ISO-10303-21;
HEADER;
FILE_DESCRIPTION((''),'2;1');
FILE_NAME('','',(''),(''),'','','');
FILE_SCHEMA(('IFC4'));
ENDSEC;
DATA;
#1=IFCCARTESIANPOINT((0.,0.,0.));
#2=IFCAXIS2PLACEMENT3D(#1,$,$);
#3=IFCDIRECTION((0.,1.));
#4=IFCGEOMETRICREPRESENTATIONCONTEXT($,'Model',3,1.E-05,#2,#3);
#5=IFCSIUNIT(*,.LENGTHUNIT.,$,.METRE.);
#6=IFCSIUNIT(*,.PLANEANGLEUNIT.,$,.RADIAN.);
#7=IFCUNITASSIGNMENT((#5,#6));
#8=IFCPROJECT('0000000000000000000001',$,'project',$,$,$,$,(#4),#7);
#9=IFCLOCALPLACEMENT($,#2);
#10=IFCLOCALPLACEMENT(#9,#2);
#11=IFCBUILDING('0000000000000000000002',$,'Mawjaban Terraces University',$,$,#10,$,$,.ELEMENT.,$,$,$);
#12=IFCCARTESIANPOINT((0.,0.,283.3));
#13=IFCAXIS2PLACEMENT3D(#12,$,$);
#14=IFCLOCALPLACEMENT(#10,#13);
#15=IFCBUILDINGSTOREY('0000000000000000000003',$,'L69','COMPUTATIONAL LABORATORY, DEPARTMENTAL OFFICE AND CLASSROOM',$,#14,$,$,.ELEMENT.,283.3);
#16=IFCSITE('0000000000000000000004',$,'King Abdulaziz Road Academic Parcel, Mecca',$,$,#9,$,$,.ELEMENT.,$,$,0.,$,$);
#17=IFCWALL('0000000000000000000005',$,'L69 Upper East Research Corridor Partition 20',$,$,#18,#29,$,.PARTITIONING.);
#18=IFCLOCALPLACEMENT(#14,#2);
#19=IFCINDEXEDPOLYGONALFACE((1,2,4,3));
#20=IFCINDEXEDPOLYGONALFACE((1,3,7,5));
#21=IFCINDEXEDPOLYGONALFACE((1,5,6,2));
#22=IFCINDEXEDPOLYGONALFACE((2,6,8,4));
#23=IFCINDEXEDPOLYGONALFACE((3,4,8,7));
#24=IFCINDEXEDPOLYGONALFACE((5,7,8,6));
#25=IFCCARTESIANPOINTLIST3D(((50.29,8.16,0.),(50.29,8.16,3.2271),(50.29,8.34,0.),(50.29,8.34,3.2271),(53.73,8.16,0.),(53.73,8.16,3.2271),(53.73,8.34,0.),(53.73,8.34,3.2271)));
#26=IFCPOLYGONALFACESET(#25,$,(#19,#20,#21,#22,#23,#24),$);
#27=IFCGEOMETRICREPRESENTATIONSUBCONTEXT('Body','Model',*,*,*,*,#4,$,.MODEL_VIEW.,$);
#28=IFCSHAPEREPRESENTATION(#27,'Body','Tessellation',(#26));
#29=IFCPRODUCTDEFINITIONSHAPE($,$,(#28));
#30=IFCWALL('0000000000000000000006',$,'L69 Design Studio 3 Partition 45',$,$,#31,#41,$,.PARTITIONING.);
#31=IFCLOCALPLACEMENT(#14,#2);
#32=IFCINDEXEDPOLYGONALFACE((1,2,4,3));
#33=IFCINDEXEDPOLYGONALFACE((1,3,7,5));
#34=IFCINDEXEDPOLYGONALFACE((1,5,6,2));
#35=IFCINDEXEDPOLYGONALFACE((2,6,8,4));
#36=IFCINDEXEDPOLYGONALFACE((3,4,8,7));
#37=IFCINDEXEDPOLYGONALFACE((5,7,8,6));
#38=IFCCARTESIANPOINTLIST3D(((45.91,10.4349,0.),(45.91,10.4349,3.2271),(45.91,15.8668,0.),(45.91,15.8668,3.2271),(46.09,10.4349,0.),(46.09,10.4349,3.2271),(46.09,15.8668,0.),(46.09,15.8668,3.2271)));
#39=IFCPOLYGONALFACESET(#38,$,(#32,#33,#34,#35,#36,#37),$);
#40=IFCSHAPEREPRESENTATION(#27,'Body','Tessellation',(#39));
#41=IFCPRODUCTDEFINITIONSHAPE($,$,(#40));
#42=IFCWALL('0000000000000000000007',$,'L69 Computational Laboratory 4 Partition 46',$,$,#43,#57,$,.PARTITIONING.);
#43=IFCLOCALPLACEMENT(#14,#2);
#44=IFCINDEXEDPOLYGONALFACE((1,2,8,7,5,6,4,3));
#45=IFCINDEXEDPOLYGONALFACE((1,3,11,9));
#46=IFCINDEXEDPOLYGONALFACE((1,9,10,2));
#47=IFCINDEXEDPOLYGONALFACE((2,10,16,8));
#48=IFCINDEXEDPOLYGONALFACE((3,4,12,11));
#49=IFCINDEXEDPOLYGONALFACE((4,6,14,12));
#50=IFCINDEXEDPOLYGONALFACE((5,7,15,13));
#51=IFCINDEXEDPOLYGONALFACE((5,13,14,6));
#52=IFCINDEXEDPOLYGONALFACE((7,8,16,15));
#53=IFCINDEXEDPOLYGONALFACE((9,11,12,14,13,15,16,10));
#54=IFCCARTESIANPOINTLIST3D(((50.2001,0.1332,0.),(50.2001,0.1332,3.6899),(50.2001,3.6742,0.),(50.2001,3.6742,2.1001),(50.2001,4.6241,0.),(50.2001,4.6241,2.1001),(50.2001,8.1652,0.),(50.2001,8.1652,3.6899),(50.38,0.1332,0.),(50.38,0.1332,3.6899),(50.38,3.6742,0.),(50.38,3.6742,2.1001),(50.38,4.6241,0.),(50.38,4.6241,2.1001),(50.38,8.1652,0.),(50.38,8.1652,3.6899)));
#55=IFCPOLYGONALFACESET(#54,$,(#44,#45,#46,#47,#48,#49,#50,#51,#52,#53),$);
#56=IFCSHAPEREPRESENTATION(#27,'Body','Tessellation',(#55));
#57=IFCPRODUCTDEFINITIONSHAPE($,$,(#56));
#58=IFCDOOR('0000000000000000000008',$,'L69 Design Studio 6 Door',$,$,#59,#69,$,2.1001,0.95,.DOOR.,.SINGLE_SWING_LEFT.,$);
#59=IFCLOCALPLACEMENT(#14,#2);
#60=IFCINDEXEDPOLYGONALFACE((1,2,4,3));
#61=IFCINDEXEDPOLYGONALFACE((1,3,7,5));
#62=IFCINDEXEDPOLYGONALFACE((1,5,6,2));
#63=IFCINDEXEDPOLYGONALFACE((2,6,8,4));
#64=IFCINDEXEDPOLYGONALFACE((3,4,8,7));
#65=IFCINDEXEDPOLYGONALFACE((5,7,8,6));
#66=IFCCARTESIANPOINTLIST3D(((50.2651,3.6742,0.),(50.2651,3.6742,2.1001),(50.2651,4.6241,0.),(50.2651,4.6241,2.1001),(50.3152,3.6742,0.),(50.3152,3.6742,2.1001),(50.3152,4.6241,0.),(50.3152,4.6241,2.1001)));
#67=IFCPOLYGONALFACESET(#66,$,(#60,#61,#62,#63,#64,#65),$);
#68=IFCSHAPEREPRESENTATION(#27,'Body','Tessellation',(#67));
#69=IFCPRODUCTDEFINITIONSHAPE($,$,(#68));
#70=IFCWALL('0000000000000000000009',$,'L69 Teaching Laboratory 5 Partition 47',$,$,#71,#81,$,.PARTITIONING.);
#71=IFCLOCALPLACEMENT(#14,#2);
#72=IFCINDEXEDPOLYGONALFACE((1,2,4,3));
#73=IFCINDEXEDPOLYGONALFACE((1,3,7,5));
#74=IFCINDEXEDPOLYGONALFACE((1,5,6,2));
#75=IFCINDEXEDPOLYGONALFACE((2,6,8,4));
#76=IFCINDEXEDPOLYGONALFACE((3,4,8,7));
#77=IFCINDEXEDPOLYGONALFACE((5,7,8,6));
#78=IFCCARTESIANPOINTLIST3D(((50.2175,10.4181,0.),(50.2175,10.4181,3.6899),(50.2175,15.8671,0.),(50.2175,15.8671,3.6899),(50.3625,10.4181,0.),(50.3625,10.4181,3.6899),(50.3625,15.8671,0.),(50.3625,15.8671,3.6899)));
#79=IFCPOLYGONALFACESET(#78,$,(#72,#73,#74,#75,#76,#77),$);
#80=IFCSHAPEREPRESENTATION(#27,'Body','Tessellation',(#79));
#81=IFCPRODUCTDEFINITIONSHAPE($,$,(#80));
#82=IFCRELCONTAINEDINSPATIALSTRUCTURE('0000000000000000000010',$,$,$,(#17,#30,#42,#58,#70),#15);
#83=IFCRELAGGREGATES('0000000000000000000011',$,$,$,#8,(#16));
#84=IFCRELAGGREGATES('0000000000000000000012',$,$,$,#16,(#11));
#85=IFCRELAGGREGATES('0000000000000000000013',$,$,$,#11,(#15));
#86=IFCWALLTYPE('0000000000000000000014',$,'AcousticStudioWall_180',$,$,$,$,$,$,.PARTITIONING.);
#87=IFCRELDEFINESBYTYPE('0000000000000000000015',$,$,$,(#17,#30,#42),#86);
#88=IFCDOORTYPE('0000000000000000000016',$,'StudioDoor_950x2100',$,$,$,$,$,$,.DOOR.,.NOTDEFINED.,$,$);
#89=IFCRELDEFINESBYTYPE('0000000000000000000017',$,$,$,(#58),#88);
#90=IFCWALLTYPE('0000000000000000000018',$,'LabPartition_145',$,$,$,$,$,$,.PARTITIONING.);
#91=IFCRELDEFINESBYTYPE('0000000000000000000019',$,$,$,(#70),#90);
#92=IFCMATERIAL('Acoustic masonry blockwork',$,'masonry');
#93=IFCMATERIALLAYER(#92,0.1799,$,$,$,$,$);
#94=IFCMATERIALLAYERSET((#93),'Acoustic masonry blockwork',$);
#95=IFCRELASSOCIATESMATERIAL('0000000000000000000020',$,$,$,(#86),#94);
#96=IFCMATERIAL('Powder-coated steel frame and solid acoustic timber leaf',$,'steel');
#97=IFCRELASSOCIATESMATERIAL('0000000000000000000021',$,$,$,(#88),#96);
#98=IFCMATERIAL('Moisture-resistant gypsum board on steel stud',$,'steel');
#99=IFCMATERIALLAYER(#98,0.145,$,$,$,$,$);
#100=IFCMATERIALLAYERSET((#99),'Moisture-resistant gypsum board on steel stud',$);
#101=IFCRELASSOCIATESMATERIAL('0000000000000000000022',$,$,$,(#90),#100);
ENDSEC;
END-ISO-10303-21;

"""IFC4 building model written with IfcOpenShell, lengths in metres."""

from ifc_helpers import new_model, si_unit, direction, frame, frame_2d, origin, place, context, subcontext, project, spatial, rectangle, extrude, material, layer, layer_set, type_object, element, fill, save


model = new_model("IFC4")

# Units and contexts
model_context = context("Model", 3, precision=1e-05, world=origin(), true_north=direction((0.0, 1.0)))
body_context = subcontext(model_context, "Body", "Model", "MODEL_VIEW")
ifc_project = project(units=[si_unit("LENGTHUNIT", "METRE"), si_unit("PLANEANGLEUNIT", "RADIAN")], contexts=[model_context])

# Site, building, storey
site_placement = place(None, origin())
site = spatial("IfcSite", under=ifc_project, at=site_placement, Name="King Abdulaziz Road Academic Parcel, Mecca", CompositionType="ELEMENT", RefElevation=0.0)
building_placement = place(site_placement, origin())
building = spatial("IfcBuilding", under=site, at=building_placement, Name="Mawjaban Terraces University", CompositionType="ELEMENT")
storey_placement = place(building_placement, frame((0.0, 0.0, 283.3)))
storey = spatial("IfcBuildingStorey", under=building, at=storey_placement, Name="L69", Description="COMPUTATIONAL LABORATORY, DEPARTMENTAL OFFICE AND CLASSROOM", CompositionType="ELEMENT", Elevation=283.3)

# Walls
ifc_material_1 = material(Name="Acoustic masonry blockwork", Category="masonry")
ifc_layer_1 = layer(ifc_material_1, 0.1799)
ifc_layer_set_1 = layer_set([ifc_layer_1], Name="Acoustic masonry blockwork")
wall_type_1 = type_object("IfcWallType", Name="AcousticStudioWall_180", PredefinedType="PARTITIONING", material=ifc_layer_set_1)
wall_1_placement = place(storey_placement, frame((50.29, 8.25, 0.0), z_axis=(0.0, 0.0, 1.0), x_axis=(1.0, 0.0, 0.0)))
element("IfcWall", 1, at=wall_1_placement, inside=storey, type_object=wall_type_1, Name="L69 Upper East Research Corridor Partition 20", PredefinedType="PARTITIONING", context=body_context, shape_type="SweptSolid", body=[
    extrude(rectangle(XDim=3.4399, YDim=0.1799, at=frame_2d((1.72, 0.0))), origin(), (0.0, 0.0, 1.0), 3.2271),
])
wall_2_placement = place(storey_placement, frame((46.0, 10.4351, 0.0), z_axis=(0.0, 0.0, 1.0), x_axis=(0.0, 1.0, 0.0)))
element("IfcWall", 2, at=wall_2_placement, inside=storey, type_object=wall_type_1, Name="L69 Design Studio 3 Partition 45", PredefinedType="PARTITIONING", context=body_context, shape_type="SweptSolid", body=[
    extrude(rectangle(XDim=5.4319, YDim=0.1799, at=frame_2d((2.7158, 0.0))), origin(), (0.0, 0.0, 1.0), 3.2271),
])

# Wall, opening, door
wall_3_placement = place(storey_placement, frame((50.29, 0.1331, 0.0), z_axis=(0.0, 0.0, 1.0), x_axis=(0.0, 1.0, 0.0)))
wall_3 = element("IfcWall", 3, at=wall_3_placement, inside=storey, type_object=wall_type_1, Name="L69 Computational Laboratory 4 Partition 46", PredefinedType="PARTITIONING", context=body_context, shape_type="SweptSolid", body=[
    extrude(rectangle(XDim=8.032, YDim=0.1799, at=frame_2d((4.0161, 0.0))), origin(), (0.0, 0.0, 1.0), 3.6899),
])
opening_1_placement = place(wall_3_placement, frame((3.541, 0.0, 0.0)))
opening_1 = element("IfcOpeningElement", 4, at=opening_1_placement, cuts=wall_3, PredefinedType="OPENING", context=body_context, shape_type="SweptSolid", body=[
    extrude(rectangle(XDim=0.95, YDim=2.1001, at=frame_2d((0.4751, 1.05))), frame((0.0, 0.0999, 0.0), z_axis=(0.0, -1.0, 0.0), x_axis=(1.0, 0.0, 0.0)), (0.0, 0.0, 1.0), 0.2),
])
ifc_material_2 = material(Name="Powder-coated steel frame and solid acoustic timber leaf", Category="steel")
door_type_1 = type_object("IfcDoorType", Name="StudioDoor_950x2100", OperationType="NOTDEFINED", PredefinedType="DOOR", material=ifc_material_2)
door_1_placement = place(opening_1_placement, origin())
door_1 = element("IfcDoor", 5, at=door_1_placement, inside=storey, type_object=door_type_1, Name="L69 Design Studio 6 Door", OperationType="SINGLE_SWING_LEFT", OverallHeight=2.1001, OverallWidth=0.95, PredefinedType="DOOR", context=body_context, shape_type="SweptSolid", body=[
    extrude(rectangle(XDim=0.95, YDim=2.1001, at=frame_2d((0.4751, 1.05))), frame((0.0, 0.0249, 0.0), z_axis=(0.0, -1.0, 0.0), x_axis=(1.0, 0.0, 0.0)), (0.0, 0.0, 1.0), 0.05),
])
fill(opening_1, door_1)
ifc_material_3 = material(Name="Moisture-resistant gypsum board on steel stud", Category="steel")
ifc_layer_2 = layer(ifc_material_3, 0.145)
ifc_layer_set_2 = layer_set([ifc_layer_2], Name="Moisture-resistant gypsum board on steel stud")
wall_type_2 = type_object("IfcWallType", Name="LabPartition_145", PredefinedType="PARTITIONING", material=ifc_layer_set_2)

# Wall
wall_4_placement = place(storey_placement, frame((50.29, 10.418, 0.0), z_axis=(0.0, 0.0, 1.0), x_axis=(0.0, 1.0, 0.0)))
element("IfcWall", 6, at=wall_4_placement, inside=storey, type_object=wall_type_2, Name="L69 Teaching Laboratory 5 Partition 47", PredefinedType="PARTITIONING", context=body_context, shape_type="SweptSolid", body=[
    extrude(rectangle(XDim=5.449, YDim=0.145, at=frame_2d((2.7246, 0.0))), origin(), (0.0, 0.0, 1.0), 3.6899),
])

save(model, "model.ifc")
